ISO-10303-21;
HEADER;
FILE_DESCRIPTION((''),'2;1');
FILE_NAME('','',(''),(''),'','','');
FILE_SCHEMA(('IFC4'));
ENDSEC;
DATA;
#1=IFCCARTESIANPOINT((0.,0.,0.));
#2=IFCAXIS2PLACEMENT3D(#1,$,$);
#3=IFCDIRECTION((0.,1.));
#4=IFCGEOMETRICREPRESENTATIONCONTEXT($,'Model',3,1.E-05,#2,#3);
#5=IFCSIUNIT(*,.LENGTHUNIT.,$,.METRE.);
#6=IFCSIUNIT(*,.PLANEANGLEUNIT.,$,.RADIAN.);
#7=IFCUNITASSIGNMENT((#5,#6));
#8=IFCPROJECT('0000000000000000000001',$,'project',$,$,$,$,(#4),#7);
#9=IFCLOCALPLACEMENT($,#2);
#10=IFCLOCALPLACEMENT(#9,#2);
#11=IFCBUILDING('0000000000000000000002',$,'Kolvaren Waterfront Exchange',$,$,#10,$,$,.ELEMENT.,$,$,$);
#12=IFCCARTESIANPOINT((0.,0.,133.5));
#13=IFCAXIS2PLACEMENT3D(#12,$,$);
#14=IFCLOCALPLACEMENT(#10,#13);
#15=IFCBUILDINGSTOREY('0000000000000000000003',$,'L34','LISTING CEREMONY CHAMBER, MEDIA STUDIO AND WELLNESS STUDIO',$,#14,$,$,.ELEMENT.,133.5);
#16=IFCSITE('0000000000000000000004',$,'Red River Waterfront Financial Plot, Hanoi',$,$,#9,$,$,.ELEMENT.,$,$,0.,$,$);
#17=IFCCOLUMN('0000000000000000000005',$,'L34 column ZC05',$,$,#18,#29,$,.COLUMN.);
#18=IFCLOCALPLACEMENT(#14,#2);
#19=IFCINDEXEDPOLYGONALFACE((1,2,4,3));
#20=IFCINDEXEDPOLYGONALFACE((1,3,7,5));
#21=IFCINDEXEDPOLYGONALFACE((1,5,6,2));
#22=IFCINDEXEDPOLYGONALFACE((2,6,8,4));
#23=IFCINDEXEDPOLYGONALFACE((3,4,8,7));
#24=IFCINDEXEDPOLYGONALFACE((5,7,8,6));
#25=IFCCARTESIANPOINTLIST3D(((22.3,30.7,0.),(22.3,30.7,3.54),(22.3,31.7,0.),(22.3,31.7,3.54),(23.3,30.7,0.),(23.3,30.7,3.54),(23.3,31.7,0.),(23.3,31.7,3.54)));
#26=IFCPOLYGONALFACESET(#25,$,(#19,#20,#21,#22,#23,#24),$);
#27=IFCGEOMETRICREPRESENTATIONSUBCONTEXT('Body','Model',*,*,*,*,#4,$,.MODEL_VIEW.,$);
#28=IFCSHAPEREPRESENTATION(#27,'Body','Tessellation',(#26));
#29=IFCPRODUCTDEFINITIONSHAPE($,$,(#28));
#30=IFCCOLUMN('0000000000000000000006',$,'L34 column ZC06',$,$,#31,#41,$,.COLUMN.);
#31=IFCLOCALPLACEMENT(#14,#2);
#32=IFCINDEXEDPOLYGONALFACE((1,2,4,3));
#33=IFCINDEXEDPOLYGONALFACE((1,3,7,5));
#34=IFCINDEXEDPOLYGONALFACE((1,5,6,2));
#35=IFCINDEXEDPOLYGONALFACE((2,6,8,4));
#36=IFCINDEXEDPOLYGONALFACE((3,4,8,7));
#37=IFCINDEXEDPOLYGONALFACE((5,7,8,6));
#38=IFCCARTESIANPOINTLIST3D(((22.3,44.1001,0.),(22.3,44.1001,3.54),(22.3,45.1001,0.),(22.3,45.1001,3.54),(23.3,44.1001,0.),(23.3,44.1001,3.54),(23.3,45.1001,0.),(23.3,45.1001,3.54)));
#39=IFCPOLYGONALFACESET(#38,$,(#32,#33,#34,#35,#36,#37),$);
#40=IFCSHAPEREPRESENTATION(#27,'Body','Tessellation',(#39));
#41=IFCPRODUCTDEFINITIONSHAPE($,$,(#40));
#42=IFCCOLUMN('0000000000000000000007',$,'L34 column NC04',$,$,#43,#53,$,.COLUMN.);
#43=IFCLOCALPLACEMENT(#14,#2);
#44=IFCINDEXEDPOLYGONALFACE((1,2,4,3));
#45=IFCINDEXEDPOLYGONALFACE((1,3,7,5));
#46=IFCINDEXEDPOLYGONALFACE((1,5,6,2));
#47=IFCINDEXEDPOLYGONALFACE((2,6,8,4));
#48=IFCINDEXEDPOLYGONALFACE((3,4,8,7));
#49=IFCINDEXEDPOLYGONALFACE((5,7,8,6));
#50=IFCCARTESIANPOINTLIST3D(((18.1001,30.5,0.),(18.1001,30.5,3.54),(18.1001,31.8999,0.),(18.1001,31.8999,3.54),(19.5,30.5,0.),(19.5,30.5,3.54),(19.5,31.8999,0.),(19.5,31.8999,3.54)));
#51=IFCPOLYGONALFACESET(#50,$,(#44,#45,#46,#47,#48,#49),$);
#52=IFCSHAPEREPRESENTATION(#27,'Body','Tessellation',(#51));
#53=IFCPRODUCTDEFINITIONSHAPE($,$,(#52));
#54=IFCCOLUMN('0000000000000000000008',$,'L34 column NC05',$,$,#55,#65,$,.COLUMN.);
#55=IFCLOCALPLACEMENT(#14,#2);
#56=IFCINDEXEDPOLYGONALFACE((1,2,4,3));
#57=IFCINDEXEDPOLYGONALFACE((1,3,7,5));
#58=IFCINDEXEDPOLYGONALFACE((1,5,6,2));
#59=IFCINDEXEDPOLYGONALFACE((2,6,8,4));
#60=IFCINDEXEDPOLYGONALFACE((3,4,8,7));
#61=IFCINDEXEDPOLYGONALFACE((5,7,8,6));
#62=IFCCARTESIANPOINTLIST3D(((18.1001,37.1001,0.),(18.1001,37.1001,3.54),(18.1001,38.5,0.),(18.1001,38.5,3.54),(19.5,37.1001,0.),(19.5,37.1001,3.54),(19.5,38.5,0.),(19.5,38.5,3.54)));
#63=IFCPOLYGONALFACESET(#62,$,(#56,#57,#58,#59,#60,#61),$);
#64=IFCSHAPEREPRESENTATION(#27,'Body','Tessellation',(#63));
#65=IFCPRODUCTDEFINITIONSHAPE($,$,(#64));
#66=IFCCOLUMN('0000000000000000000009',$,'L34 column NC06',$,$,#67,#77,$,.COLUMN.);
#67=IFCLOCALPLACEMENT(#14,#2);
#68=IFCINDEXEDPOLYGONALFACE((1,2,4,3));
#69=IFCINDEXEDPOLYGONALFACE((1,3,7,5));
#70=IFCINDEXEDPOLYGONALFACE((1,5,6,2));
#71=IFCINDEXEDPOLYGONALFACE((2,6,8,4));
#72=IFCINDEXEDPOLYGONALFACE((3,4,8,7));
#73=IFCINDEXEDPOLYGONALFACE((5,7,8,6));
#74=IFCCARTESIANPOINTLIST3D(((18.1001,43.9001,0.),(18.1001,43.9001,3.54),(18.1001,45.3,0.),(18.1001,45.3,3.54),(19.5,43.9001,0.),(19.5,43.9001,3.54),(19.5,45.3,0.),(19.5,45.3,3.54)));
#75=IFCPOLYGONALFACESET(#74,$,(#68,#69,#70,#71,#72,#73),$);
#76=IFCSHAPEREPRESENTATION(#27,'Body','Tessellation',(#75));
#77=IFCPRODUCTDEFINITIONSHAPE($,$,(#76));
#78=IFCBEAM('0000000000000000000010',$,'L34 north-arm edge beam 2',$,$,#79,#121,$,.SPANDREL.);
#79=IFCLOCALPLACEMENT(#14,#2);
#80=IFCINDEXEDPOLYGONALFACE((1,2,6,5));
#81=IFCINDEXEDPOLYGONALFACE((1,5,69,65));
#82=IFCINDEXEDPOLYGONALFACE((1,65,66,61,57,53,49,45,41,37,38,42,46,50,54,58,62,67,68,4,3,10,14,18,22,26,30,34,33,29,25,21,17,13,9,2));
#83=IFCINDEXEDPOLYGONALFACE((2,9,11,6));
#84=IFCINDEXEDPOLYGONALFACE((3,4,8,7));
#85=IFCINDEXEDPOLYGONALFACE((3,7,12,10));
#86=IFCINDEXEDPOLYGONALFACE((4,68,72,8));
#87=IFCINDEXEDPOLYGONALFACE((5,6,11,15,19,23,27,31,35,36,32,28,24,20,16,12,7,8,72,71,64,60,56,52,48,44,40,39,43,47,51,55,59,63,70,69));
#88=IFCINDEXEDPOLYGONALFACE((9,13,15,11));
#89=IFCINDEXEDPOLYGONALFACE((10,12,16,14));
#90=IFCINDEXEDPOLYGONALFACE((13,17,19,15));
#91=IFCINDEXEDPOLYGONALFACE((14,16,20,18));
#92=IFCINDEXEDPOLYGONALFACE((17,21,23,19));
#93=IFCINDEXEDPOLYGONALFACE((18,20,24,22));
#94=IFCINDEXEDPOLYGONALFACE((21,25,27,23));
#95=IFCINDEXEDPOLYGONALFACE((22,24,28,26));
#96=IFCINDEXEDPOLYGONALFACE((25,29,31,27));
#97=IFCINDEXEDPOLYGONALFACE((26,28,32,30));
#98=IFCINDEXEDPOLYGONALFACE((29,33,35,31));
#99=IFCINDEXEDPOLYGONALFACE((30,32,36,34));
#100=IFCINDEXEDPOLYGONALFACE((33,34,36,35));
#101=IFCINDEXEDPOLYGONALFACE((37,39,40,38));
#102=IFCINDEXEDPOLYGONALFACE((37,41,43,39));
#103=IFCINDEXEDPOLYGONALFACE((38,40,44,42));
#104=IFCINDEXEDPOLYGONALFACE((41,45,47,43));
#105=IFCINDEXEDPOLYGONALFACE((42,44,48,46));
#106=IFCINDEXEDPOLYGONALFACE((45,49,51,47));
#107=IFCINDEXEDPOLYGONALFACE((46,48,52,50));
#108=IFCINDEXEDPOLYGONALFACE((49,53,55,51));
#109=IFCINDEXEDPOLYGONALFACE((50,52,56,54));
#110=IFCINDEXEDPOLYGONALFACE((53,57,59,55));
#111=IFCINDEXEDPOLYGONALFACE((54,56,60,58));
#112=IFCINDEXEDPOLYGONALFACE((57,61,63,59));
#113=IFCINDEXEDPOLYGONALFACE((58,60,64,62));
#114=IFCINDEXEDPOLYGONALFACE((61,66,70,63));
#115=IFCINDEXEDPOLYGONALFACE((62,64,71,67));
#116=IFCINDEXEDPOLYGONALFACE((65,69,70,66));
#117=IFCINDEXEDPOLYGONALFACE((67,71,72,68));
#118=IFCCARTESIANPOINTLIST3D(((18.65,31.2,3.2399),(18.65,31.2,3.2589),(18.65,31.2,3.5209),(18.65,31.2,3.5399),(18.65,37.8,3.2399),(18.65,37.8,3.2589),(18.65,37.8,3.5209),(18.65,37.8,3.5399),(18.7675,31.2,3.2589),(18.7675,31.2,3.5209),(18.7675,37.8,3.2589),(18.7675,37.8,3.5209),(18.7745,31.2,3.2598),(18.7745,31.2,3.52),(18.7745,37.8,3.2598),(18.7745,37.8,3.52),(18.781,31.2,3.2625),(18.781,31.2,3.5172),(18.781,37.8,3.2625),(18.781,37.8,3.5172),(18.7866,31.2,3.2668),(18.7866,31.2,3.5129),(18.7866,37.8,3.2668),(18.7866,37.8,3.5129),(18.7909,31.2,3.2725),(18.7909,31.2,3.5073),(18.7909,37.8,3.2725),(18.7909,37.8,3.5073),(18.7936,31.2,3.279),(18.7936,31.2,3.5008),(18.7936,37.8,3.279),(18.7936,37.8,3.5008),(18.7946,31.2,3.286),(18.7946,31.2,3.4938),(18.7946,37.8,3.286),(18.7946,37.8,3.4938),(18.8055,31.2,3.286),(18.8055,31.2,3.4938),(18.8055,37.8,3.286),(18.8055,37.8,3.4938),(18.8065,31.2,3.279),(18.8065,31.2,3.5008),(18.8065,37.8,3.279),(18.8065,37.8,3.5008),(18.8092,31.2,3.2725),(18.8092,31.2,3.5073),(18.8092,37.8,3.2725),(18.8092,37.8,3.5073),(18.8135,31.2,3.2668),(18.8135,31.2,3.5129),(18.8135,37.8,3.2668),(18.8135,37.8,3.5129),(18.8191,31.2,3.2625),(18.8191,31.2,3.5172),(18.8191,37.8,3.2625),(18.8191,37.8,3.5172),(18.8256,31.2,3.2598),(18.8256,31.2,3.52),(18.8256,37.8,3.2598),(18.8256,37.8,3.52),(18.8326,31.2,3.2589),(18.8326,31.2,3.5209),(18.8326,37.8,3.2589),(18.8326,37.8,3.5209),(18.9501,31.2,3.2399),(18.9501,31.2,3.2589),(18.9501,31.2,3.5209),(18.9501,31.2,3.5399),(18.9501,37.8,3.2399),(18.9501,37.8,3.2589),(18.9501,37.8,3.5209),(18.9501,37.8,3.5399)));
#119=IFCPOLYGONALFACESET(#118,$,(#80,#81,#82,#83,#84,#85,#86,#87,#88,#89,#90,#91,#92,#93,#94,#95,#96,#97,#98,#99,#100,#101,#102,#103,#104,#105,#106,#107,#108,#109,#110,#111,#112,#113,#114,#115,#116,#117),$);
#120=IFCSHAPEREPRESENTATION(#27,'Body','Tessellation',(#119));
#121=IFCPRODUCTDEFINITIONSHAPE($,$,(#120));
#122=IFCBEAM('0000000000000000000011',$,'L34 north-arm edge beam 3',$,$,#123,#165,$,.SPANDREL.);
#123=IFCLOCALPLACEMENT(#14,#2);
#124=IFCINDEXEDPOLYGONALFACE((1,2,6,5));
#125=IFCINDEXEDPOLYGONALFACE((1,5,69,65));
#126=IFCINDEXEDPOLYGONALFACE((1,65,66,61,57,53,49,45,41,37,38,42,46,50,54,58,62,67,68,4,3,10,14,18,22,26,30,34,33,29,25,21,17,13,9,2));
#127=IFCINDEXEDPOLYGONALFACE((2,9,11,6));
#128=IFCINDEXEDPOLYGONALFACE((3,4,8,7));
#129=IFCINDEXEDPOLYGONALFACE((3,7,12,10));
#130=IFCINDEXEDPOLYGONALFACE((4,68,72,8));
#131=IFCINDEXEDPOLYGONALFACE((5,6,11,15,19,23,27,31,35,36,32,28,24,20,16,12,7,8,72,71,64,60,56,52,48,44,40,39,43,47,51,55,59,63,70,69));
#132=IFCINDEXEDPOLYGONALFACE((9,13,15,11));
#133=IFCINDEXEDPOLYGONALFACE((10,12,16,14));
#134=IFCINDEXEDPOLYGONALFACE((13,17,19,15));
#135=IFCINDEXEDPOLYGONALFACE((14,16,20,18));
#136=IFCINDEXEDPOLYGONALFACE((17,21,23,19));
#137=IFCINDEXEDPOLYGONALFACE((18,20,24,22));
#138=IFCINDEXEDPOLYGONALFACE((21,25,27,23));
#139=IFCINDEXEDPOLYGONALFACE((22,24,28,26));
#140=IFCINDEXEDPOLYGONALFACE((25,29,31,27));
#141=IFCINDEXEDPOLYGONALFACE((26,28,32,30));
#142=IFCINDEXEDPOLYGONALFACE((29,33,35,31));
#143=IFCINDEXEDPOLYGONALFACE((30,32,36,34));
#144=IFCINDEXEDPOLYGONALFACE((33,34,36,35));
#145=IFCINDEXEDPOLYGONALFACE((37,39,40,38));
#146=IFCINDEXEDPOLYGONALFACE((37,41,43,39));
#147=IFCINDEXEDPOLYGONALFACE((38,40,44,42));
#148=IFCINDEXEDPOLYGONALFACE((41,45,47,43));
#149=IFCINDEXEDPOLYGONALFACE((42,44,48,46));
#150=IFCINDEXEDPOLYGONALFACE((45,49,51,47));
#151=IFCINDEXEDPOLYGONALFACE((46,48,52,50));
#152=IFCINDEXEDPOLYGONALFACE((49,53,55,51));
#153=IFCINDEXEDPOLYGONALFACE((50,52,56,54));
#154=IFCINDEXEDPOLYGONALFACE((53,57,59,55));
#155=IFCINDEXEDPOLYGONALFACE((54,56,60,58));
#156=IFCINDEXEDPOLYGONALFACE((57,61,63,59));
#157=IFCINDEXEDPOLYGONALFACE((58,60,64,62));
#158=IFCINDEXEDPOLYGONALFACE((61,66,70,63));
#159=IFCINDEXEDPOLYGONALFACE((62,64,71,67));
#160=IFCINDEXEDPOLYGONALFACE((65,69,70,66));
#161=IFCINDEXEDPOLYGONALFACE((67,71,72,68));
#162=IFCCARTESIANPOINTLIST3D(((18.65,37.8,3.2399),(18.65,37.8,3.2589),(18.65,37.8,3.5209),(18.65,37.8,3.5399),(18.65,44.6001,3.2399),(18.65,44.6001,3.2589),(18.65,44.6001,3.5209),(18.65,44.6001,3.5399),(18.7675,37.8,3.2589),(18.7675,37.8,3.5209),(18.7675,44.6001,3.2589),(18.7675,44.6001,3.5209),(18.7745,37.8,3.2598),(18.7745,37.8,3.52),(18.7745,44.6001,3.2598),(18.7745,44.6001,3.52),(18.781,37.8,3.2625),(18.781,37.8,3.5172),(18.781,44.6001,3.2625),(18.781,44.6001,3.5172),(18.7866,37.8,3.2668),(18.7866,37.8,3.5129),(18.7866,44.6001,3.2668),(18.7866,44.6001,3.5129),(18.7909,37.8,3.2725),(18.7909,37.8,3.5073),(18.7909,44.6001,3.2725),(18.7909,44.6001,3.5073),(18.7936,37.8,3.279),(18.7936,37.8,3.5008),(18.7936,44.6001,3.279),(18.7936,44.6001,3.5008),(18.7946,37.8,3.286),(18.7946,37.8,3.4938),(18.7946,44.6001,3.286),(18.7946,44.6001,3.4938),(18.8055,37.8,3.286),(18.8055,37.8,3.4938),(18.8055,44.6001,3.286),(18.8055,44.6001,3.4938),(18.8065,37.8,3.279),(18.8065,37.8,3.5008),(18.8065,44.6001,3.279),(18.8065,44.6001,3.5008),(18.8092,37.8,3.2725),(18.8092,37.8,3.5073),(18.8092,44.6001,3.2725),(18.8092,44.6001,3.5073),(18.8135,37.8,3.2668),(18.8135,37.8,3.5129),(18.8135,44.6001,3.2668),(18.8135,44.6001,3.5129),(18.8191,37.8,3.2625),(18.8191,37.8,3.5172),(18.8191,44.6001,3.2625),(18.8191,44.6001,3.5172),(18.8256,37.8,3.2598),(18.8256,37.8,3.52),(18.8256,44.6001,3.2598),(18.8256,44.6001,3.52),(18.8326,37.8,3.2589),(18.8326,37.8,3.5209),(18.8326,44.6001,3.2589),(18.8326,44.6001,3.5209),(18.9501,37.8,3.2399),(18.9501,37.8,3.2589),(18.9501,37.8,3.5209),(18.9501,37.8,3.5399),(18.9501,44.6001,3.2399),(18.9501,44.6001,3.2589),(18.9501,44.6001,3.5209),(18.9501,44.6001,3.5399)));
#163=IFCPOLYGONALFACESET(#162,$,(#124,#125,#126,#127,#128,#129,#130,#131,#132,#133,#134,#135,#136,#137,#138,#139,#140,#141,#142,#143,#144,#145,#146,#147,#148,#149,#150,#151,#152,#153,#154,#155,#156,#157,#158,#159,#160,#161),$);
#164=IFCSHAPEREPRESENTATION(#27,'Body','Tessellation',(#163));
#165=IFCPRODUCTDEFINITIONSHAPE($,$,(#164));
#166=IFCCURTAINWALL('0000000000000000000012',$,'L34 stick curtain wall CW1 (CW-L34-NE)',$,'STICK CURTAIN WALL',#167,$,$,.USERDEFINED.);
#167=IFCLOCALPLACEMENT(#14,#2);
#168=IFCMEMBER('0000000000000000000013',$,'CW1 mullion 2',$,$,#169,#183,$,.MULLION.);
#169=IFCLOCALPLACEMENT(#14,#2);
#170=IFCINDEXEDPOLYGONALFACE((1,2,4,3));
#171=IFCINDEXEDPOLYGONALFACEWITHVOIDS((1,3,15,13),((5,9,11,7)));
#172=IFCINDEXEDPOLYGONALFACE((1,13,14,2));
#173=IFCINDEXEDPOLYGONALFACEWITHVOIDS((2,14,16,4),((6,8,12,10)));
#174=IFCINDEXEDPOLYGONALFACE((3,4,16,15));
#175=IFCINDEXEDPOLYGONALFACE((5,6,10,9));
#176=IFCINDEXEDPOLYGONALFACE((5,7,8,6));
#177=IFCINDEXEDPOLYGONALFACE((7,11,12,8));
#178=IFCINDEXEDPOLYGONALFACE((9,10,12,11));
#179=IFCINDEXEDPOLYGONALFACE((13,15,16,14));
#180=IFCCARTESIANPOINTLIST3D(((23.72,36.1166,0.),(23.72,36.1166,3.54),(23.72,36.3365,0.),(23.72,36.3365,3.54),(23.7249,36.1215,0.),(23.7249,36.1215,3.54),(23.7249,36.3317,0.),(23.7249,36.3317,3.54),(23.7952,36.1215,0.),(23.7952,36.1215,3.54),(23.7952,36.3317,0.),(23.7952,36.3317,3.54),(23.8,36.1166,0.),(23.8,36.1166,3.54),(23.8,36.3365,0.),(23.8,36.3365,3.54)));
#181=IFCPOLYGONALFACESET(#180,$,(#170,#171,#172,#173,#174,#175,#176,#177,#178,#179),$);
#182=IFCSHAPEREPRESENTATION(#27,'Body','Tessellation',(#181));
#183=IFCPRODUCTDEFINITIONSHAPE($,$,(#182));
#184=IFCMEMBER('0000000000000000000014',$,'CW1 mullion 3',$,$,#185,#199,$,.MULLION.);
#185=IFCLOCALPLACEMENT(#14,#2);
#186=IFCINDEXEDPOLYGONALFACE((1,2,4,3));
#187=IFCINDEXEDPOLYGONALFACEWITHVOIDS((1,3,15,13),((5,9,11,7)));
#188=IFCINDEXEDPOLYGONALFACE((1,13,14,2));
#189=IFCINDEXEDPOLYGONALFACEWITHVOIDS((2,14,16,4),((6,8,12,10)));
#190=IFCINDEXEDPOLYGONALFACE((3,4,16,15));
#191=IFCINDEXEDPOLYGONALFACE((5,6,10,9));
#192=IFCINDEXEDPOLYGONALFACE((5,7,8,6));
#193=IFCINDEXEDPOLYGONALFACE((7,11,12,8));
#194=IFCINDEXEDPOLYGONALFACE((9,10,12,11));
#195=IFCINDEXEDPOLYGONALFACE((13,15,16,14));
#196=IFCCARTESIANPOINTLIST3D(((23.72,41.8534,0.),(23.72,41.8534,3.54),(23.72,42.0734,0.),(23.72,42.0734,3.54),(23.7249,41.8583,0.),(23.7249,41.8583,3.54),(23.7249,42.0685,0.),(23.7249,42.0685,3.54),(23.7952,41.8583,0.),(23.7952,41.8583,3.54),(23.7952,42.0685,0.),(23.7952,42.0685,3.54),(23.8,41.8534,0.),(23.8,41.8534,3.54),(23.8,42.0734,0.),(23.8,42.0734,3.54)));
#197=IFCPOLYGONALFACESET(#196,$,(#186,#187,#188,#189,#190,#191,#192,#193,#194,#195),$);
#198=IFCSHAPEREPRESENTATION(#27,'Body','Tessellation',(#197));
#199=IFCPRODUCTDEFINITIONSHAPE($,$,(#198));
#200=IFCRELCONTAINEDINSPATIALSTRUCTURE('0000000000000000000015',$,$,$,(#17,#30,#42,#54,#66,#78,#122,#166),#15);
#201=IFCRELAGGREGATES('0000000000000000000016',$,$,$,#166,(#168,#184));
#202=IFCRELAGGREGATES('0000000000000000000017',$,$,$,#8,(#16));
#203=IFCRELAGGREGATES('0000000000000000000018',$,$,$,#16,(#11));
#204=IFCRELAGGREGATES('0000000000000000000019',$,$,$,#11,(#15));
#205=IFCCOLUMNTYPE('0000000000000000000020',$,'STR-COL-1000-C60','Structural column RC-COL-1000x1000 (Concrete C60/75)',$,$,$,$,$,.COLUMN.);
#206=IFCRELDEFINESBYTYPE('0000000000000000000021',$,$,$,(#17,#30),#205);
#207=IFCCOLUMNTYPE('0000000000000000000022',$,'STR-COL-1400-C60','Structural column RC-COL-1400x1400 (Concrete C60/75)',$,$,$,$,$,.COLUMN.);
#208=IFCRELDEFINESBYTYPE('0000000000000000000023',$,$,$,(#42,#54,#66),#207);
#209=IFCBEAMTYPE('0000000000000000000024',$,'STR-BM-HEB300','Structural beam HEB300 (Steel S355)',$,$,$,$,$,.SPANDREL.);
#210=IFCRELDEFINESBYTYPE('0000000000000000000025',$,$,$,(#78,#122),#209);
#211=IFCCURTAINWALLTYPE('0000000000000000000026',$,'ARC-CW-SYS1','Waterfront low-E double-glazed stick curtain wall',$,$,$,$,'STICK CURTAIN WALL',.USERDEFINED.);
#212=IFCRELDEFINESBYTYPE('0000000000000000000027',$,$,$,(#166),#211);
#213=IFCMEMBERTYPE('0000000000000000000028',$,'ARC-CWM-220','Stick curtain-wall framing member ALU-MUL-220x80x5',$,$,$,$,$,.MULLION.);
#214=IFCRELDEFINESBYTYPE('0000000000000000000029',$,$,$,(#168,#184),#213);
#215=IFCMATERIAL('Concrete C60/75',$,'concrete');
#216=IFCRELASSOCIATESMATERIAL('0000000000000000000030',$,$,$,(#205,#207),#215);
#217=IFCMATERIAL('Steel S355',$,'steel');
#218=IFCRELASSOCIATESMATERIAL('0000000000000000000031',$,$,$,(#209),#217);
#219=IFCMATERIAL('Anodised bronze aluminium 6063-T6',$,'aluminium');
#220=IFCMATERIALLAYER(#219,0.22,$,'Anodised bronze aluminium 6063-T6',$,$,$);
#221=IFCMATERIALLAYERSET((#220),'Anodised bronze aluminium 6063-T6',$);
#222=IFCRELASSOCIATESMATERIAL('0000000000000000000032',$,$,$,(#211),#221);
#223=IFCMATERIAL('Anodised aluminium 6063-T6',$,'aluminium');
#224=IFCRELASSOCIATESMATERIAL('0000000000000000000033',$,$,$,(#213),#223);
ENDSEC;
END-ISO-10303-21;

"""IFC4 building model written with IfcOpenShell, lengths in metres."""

from ifc_helpers import new_model, si_unit, direction, frame, origin, origin_with_axes, origin_2d, place, context, subcontext, project, spatial, rectangle, hollow_rectangle, i_section, extrude, source, transform, mapped, material, layer, layer_set, material_profile, profile_set, type_object, element, aggregate, save


model = new_model("IFC4")

# Units and contexts
model_context = context("Model", 3, precision=1e-05, world=origin(), true_north=direction((0.0, 1.0)))
body_context = subcontext(model_context, "Body", "Model", "MODEL_VIEW")
ifc_project = project(units=[si_unit("LENGTHUNIT", "METRE"), si_unit("PLANEANGLEUNIT", "RADIAN")], contexts=[model_context])

# Site, building, storey
site_placement = place(None, origin())
site = spatial("IfcSite", under=ifc_project, at=site_placement, Name="Red River Waterfront Financial Plot, Hanoi", CompositionType="ELEMENT", RefElevation=0.0)
building_placement = place(site_placement, origin())
building = spatial("IfcBuilding", under=site, at=building_placement, Name="Kolvaren Waterfront Exchange", CompositionType="ELEMENT")
storey_placement = place(building_placement, frame((0.0, 0.0, 133.5)))
storey = spatial("IfcBuildingStorey", under=building, at=storey_placement, Name="L34", Description="LISTING CEREMONY CHAMBER, MEDIA STUDIO AND WELLNESS STUDIO", CompositionType="ELEMENT", Elevation=133.5)

# Columns
ifc_material_1 = material(Name="Concrete C60/75", Category="concrete")
ifc_material_profile_1 = material_profile(ifc_material_1, rectangle(XDim=1.0, YDim=1.0, at=origin_2d()), Name="RC-COL-1000x1000")
ifc_profile_set_1 = profile_set([ifc_material_profile_1], Name="Concrete C60/75")
column_type_1 = type_object("IfcColumnType", Name="STR-COL-1000-C60", Description="Structural column RC-COL-1000x1000 (Concrete C60/75)", PredefinedType="COLUMN", material=ifc_profile_set_1)
for number, where, z_axis, x_axis, name in (
    (1, (22.8, 31.2, 0.0), (0.0, 0.0, 1.0), (1.0, 0.0, 0.0), "L34 column ZC05"),
    (2, (22.8, 44.6001, 0.0), (0.0, 0.0, 1.0), (1.0, 0.0, 0.0), "L34 column ZC06"),
):
    element("IfcColumn", number, at=place(storey_placement, frame(where, z_axis=z_axis, x_axis=x_axis)), inside=storey, type_object=column_type_1, Name=name, PredefinedType="COLUMN", context=body_context, shape_type="SweptSolid", body=[
        extrude(rectangle(XDim=1.0, YDim=1.0, at=origin_2d()), origin(), (0.0, 0.0, 1.0), 3.54),
    ])
ifc_material_profile_2 = material_profile(ifc_material_1, rectangle(XDim=1.3999, YDim=1.3999, at=origin_2d()), Name="RC-COL-1400x1400")
ifc_profile_set_2 = profile_set([ifc_material_profile_2], Name="Concrete C60/75")
column_type_2 = type_object("IfcColumnType", Name="STR-COL-1400-C60", Description="Structural column RC-COL-1400x1400 (Concrete C60/75)", PredefinedType="COLUMN", material=ifc_profile_set_2)
for number, where, z_axis, x_axis, name in (
    (3, (18.8, 31.2, 0.0), (0.0, 0.0, 1.0), (1.0, 0.0, 0.0), "L34 column NC04"),
    (4, (18.8, 37.8, 0.0), (0.0, 0.0, 1.0), (1.0, 0.0, 0.0), "L34 column NC05"),
    (5, (18.8, 44.6001, 0.0), (0.0, 0.0, 1.0), (1.0, 0.0, 0.0), "L34 column NC06"),
):
    element("IfcColumn", number, at=place(storey_placement, frame(where, z_axis=z_axis, x_axis=x_axis)), inside=storey, type_object=column_type_2, Name=name, PredefinedType="COLUMN", context=body_context, shape_type="SweptSolid", body=[
        extrude(rectangle(XDim=1.3999, YDim=1.3999, at=origin_2d()), origin(), (0.0, 0.0, 1.0), 3.54),
    ])

# Beams
ifc_material_2 = material(Name="Steel S355", Category="steel")
ifc_material_profile_3 = material_profile(ifc_material_2, i_section(OverallWidth=0.3, OverallDepth=0.3, WebThickness=0.011, FlangeThickness=0.019, FilletRadius=0.0271, at=origin_2d()), Name="HEB300")
ifc_profile_set_3 = profile_set([ifc_material_profile_3], Name="Steel S355")
beam_type = type_object("IfcBeamType", Name="STR-BM-HEB300", Description="Structural beam HEB300 (Steel S355)", PredefinedType="SPANDREL", material=ifc_profile_set_3)
beam_1_placement = place(storey_placement, frame((18.8, 31.2, 3.3899), z_axis=(0.0, 1.0, 0.0), x_axis=(-1.0, 0.0, 0.0)))
element("IfcBeam", 6, at=beam_1_placement, inside=storey, type_object=beam_type, Name="L34 north-arm edge beam 2", PredefinedType="SPANDREL", context=body_context, shape_type="SweptSolid", body=[
    extrude(i_section(OverallWidth=0.3, OverallDepth=0.3, WebThickness=0.011, FlangeThickness=0.019, FilletRadius=0.0271, at=origin_2d()), origin(), (0.0, 0.0, 1.0), 6.6001),
])
beam_2_placement = place(storey_placement, frame((18.8, 37.8, 3.3899), z_axis=(0.0, 1.0, 0.0), x_axis=(-1.0, 0.0, 0.0)))
element("IfcBeam", 7, at=beam_2_placement, inside=storey, type_object=beam_type, Name="L34 north-arm edge beam 3", PredefinedType="SPANDREL", context=body_context, shape_type="SweptSolid", body=[
    extrude(i_section(OverallWidth=0.3, OverallDepth=0.3, WebThickness=0.011, FlangeThickness=0.019, FilletRadius=0.0271, at=origin_2d()), origin(), (0.0, 0.0, 1.0), 6.8),
])

# Curtain wall, members
ifc_material_3 = material(Name="Anodised bronze aluminium 6063-T6", Category="aluminium")
ifc_layer_1 = layer(ifc_material_3, 0.22, Name="Anodised bronze aluminium 6063-T6")
ifc_layer_set_1 = layer_set([ifc_layer_1], Name="Anodised bronze aluminium 6063-T6")
curtain_wall_type = type_object("IfcCurtainWallType", Name="ARC-CW-SYS1", Description="Waterfront low-E double-glazed stick curtain wall", ElementType="STICK CURTAIN WALL", PredefinedType="USERDEFINED", material=ifc_layer_set_1)
curtain_wall_placement = place(storey_placement, origin())
curtain_wall = element("IfcCurtainWall", 8, at=curtain_wall_placement, inside=storey, type_object=curtain_wall_type, Name="L34 stick curtain wall CW1 (CW-L34-NE)", ObjectType="STICK CURTAIN WALL", PredefinedType="USERDEFINED")
ifc_material_4 = material(Name="Anodised aluminium 6063-T6", Category="aluminium")
ifc_material_profile_4 = material_profile(ifc_material_4, hollow_rectangle(XDim=0.0801, YDim=0.22, WallThickness=0.0049, at=origin_2d()), Name="ALU-MUL-220x80x5")
ifc_profile_set_4 = profile_set([ifc_material_profile_4], Name="Anodised aluminium 6063-T6")
member_type_1 = type_object("IfcMemberType", Name="ARC-CWM-220", Description="Stick curtain-wall framing member ALU-MUL-220x80x5", PredefinedType="MULLION", material=ifc_profile_set_4)
shared_shape_1 = source(origin_with_axes(), body_context, "Body", "SweptSolid", [
    extrude(hollow_rectangle(XDim=0.0801, YDim=0.22, WallThickness=0.0049, at=origin_2d()), origin(), (0.0, 0.0, 1.0), 3.54),
])
member_1_placement = place(storey_placement, frame((23.76, 36.2266, 0.0), z_axis=(0.0, 0.0, 1.0), x_axis=(-1.0, 0.0, 0.0)))
member_1 = element("IfcMember", 9, at=member_1_placement, type_object=member_type_1, Name="CW1 mullion 2", PredefinedType="MULLION", context=body_context, shape_type="MappedRepresentation", body=[
    mapped(shared_shape_1, transform((0.0, 0.0, 0.0), x_axis=(1.0, 0.0, 0.0), y_axis=(0.0, 1.0, 0.0), z_axis=(0.0, 0.0, 1.0), scale=1.0)),
])
member_2_placement = place(storey_placement, frame((23.76, 41.9634, 0.0), z_axis=(0.0, 0.0, 1.0), x_axis=(-1.0, 0.0, 0.0)))
member_2 = element("IfcMember", 10, at=member_2_placement, type_object=member_type_1, Name="CW1 mullion 3", PredefinedType="MULLION", context=body_context, shape_type="MappedRepresentation", body=[
    mapped(shared_shape_1, transform((0.0, 0.0, 0.0), x_axis=(1.0, 0.0, 0.0), y_axis=(0.0, 1.0, 0.0), z_axis=(0.0, 0.0, 1.0), scale=1.0)),
])
aggregate(curtain_wall, [member_1, member_2])

save(model, "model.ifc")
